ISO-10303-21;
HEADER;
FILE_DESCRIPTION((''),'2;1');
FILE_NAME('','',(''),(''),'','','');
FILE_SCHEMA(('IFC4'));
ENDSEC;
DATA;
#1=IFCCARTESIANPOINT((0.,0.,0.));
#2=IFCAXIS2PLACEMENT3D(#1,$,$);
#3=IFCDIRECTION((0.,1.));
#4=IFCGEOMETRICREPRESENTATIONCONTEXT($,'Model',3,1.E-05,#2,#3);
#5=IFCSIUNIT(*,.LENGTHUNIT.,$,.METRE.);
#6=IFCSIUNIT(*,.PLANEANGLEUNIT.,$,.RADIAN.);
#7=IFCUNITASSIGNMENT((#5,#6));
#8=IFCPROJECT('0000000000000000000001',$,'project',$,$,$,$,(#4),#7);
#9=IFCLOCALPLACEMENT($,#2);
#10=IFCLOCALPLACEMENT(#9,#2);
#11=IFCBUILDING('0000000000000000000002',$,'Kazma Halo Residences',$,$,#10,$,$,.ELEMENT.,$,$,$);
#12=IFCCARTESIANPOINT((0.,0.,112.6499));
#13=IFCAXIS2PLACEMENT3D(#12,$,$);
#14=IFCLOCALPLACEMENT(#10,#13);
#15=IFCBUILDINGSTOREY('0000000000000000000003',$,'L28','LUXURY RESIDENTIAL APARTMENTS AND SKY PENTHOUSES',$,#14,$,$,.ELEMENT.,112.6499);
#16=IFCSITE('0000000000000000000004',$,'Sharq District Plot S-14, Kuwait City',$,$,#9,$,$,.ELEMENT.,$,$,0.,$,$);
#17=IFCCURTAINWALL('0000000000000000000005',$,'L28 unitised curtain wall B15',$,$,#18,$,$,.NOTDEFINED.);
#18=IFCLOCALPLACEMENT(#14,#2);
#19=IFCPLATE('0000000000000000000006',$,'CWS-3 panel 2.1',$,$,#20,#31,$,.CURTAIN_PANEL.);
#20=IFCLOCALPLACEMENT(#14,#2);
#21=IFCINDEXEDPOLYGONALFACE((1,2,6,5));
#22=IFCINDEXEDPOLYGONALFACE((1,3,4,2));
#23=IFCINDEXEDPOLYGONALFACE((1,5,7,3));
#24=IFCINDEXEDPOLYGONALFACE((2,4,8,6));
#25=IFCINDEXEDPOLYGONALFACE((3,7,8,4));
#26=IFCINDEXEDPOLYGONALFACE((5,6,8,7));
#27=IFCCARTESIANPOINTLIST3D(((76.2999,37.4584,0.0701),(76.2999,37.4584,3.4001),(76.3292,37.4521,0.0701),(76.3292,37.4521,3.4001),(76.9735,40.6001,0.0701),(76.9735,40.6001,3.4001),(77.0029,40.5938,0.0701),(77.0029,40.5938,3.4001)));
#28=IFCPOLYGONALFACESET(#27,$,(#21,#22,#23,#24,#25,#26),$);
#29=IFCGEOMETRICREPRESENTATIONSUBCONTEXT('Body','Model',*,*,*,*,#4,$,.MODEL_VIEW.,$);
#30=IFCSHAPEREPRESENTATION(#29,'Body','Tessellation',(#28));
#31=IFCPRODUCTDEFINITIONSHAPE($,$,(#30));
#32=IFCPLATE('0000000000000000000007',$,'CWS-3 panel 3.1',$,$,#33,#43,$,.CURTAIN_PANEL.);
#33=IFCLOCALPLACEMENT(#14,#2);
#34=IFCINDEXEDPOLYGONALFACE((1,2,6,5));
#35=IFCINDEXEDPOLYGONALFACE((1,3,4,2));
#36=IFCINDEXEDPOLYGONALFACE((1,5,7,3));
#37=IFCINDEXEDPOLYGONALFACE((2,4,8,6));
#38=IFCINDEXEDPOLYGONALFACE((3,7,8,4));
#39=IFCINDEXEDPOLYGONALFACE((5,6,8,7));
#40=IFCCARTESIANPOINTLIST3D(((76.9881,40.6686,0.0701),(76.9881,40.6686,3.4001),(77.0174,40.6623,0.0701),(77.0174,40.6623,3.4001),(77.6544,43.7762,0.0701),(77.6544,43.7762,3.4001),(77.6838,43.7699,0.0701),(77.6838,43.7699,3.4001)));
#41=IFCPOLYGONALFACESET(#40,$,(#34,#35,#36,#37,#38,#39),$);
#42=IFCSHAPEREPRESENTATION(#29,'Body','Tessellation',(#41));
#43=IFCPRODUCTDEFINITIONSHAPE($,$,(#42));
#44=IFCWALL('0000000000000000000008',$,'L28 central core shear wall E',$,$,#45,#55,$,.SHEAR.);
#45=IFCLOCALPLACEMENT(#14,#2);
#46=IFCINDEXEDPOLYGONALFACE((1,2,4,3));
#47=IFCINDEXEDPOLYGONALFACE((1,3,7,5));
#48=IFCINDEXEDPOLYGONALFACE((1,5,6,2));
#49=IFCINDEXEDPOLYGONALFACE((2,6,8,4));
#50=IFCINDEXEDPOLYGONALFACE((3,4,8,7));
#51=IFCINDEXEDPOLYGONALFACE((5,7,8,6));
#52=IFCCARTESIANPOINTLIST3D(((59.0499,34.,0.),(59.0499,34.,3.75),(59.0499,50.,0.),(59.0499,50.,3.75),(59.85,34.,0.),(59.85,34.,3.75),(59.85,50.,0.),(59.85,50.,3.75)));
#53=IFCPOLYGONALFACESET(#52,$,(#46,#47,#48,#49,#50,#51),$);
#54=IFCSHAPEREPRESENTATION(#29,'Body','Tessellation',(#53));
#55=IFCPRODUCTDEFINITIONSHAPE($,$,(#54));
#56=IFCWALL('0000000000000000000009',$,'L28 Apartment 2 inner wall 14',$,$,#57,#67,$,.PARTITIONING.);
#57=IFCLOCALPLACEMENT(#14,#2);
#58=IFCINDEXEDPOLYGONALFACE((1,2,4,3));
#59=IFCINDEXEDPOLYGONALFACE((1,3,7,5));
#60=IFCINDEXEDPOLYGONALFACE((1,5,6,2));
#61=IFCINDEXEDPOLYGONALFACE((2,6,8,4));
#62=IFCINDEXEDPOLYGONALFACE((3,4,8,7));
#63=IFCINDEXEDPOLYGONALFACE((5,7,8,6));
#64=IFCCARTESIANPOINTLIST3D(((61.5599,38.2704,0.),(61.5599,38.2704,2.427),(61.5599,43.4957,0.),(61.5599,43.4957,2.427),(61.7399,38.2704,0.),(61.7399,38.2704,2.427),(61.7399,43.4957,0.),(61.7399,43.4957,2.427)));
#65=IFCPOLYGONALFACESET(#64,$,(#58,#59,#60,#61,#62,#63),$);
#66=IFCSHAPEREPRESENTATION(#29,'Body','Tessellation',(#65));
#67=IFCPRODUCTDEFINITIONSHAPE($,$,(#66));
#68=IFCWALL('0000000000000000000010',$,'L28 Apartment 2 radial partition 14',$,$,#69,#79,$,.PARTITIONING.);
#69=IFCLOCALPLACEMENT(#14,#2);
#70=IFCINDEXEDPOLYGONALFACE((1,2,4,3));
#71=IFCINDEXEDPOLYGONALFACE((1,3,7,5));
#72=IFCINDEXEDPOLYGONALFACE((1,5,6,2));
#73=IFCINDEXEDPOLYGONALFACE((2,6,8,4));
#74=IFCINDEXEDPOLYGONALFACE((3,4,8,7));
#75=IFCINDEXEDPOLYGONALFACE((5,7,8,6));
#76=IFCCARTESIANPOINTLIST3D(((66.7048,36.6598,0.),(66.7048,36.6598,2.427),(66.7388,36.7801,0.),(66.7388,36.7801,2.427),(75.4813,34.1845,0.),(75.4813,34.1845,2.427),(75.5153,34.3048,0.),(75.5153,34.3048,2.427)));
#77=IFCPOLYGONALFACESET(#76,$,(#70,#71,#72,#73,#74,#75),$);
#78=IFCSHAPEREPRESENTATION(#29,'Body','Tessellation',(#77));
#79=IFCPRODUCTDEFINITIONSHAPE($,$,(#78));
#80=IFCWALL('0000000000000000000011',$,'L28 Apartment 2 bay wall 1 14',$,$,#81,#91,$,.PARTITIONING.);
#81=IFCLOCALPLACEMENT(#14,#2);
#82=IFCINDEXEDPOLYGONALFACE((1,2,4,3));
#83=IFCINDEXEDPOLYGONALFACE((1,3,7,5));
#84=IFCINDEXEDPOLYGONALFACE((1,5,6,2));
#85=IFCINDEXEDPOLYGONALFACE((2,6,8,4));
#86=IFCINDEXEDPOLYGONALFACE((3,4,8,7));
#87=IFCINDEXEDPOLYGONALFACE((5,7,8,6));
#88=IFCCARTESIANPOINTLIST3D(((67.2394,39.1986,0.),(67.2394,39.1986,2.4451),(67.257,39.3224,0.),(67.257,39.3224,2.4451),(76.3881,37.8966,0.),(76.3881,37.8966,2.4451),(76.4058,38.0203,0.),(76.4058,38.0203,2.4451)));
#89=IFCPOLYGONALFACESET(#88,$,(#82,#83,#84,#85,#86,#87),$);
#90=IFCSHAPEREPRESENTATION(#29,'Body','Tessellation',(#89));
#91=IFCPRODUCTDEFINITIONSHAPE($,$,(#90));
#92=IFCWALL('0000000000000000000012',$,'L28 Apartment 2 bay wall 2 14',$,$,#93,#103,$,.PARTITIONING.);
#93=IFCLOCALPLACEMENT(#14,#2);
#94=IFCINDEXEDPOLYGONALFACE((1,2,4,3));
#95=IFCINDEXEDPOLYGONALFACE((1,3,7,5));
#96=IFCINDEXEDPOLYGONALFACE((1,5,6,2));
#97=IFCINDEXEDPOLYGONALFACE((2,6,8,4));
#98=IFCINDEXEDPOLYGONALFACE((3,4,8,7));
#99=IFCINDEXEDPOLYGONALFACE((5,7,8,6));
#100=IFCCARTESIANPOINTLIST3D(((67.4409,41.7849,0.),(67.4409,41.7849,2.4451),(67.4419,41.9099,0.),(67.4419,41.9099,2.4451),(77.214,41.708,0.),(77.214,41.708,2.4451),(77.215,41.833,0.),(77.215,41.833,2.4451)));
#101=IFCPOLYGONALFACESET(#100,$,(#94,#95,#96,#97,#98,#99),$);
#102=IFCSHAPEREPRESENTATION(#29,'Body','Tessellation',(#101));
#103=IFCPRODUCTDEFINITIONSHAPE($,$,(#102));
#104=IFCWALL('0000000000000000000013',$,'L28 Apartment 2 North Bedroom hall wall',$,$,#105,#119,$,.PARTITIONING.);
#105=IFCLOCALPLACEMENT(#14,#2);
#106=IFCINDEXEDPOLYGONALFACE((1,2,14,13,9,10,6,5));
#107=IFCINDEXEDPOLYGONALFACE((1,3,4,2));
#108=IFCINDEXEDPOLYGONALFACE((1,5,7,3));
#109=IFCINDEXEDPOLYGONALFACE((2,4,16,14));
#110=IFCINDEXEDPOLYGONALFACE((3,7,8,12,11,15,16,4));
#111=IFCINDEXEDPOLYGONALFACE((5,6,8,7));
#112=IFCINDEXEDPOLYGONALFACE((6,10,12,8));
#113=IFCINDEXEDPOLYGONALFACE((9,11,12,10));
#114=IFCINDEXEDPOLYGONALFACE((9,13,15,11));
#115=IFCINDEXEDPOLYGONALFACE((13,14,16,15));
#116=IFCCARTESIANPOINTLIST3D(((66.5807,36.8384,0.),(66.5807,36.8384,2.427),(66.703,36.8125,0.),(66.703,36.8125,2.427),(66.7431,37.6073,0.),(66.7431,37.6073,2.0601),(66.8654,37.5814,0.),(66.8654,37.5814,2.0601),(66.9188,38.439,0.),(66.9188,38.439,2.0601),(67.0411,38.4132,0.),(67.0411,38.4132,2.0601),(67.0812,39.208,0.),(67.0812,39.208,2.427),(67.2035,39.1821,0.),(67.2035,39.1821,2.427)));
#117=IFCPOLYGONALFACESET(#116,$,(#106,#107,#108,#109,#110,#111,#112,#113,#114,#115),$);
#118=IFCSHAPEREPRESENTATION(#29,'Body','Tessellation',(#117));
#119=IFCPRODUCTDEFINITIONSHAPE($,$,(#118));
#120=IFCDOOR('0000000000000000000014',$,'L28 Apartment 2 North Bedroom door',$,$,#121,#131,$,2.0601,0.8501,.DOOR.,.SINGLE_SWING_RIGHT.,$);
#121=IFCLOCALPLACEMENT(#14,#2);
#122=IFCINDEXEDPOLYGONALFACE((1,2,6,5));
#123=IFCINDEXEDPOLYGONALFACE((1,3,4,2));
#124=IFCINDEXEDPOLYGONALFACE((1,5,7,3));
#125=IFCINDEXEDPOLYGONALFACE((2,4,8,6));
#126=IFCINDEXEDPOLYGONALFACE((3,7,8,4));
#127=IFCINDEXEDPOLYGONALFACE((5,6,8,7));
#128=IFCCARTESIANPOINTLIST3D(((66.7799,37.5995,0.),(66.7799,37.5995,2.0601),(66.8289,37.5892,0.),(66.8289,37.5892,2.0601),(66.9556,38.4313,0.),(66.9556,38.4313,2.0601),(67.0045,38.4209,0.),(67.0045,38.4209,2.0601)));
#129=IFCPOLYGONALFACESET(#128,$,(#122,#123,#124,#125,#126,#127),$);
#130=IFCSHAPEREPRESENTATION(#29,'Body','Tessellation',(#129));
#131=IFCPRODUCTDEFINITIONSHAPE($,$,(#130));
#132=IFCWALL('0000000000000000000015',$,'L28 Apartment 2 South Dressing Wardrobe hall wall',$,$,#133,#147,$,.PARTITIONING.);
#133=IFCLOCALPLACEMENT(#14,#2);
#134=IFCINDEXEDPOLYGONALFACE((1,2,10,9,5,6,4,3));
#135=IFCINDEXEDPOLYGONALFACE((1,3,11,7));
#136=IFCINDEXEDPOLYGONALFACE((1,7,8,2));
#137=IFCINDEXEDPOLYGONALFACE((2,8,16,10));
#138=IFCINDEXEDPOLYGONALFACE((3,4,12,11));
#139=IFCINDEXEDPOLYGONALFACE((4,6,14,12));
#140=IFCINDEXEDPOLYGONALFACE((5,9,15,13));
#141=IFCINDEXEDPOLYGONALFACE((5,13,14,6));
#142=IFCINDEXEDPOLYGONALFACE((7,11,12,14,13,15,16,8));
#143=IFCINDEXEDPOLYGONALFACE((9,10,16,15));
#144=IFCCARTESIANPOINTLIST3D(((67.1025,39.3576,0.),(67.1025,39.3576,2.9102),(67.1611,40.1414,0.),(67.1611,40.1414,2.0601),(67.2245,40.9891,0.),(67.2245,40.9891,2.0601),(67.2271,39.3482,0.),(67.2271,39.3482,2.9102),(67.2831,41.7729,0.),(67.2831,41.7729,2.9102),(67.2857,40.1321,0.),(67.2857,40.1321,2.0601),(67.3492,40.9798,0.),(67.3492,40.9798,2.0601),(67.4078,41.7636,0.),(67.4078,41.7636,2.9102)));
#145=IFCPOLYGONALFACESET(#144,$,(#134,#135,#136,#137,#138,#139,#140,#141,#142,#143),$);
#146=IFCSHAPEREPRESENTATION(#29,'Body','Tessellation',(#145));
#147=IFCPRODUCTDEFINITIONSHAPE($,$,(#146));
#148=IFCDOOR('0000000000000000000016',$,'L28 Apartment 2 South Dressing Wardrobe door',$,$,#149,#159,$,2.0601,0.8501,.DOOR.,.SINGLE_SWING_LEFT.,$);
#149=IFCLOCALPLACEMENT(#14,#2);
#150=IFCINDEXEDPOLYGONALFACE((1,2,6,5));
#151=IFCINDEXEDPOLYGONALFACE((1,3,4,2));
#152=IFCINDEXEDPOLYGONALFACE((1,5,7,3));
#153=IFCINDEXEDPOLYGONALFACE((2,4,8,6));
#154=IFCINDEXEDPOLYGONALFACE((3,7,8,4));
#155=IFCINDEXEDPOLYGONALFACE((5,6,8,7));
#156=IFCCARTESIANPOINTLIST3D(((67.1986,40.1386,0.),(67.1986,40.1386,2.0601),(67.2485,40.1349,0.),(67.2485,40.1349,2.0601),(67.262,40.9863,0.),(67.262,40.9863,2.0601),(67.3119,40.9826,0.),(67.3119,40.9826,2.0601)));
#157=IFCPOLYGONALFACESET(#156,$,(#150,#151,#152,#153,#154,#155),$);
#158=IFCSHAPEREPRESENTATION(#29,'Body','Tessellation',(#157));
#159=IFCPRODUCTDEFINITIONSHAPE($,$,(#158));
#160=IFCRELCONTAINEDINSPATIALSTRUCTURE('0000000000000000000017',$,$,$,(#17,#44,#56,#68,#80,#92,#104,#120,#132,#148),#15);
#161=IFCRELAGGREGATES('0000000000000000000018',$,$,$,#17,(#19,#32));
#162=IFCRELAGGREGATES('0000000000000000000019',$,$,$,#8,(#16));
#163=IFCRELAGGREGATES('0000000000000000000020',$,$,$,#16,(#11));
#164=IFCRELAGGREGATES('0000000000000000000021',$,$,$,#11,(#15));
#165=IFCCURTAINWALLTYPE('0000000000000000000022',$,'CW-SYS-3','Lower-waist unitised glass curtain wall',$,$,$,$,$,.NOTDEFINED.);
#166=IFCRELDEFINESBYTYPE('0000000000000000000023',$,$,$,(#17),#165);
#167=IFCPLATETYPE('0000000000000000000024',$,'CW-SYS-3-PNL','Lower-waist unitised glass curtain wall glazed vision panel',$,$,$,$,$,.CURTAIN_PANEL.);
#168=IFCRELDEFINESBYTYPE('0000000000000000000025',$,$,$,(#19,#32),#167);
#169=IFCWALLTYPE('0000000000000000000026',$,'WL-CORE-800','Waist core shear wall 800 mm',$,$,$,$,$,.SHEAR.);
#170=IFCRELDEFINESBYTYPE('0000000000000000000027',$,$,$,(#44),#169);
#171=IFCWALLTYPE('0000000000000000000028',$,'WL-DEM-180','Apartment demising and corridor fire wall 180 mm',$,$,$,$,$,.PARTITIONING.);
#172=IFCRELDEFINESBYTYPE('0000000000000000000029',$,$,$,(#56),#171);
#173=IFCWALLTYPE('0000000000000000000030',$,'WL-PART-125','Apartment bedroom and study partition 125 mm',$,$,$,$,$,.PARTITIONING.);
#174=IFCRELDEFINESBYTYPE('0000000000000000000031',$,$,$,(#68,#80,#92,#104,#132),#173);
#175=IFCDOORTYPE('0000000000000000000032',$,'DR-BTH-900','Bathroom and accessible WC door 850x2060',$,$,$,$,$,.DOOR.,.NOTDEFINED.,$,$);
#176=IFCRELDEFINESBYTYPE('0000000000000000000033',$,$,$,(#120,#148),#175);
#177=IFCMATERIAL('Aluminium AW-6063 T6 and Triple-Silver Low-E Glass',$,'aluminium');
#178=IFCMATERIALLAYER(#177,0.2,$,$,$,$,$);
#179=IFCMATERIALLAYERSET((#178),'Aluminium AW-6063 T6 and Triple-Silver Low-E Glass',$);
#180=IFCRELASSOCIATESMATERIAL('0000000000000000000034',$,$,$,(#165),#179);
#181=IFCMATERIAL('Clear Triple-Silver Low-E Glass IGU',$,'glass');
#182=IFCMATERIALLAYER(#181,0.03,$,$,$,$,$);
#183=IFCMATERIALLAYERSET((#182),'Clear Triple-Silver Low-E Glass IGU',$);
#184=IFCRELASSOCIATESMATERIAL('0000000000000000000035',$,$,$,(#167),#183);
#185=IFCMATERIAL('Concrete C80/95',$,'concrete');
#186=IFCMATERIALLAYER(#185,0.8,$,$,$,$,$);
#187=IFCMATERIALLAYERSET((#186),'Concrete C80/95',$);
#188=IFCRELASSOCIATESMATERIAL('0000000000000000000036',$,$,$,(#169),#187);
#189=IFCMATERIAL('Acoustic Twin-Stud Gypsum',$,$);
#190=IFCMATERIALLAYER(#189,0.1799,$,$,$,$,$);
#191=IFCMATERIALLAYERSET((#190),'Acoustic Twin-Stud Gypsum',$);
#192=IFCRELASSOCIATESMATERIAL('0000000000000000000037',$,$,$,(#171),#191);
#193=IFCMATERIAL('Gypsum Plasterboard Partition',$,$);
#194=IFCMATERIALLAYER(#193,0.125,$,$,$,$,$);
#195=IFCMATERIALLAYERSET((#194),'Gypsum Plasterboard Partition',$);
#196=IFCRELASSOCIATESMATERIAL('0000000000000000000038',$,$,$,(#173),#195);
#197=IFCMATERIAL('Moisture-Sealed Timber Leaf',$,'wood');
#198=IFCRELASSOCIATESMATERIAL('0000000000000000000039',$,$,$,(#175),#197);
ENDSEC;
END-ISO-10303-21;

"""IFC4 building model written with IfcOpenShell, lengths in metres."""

from ifc_helpers import new_model, si_unit, direction, frame, frame_2d, origin, origin_2d, place, context, subcontext, project, spatial, rectangle, extrude, material, layer, layer_set, type_object, element, fill, aggregate, save


model = new_model("IFC4")

# Units and contexts
model_context = context("Model", 3, precision=1e-05, world=origin(), true_north=direction((0.0, 1.0)))
body_context = subcontext(model_context, "Body", "Model", "MODEL_VIEW")
ifc_project = project(units=[si_unit("LENGTHUNIT", "METRE"), si_unit("PLANEANGLEUNIT", "RADIAN")], contexts=[model_context])

# Site, building, storey
site_placement = place(None, origin())
site = spatial("IfcSite", under=ifc_project, at=site_placement, Name="Sharq District Plot S-14, Kuwait City", CompositionType="ELEMENT", RefElevation=0.0)
building_placement = place(site_placement, origin())
building = spatial("IfcBuilding", under=site, at=building_placement, Name="Kazma Halo Residences", CompositionType="ELEMENT")
storey_placement = place(building_placement, frame((0.0, 0.0, 112.6499)))
storey = spatial("IfcBuildingStorey", under=building, at=storey_placement, Name="L28", Description="LUXURY RESIDENTIAL APARTMENTS AND SKY PENTHOUSES", CompositionType="ELEMENT", Elevation=112.6499)

# Shared definitions
ifc_material_1 = material(Name="Concrete C80/95", Category="concrete")

# Curtain wall, plates
ifc_material_2 = material(Name="Aluminium AW-6063 T6 and Triple-Silver Low-E Glass", Category="aluminium")
ifc_layer_1 = layer(ifc_material_2, 0.2)
ifc_layer_set_1 = layer_set([ifc_layer_1], Name="Aluminium AW-6063 T6 and Triple-Silver Low-E Glass")
curtain_wall_type = type_object("IfcCurtainWallType", Name="CW-SYS-3", Description="Lower-waist unitised glass curtain wall", PredefinedType="NOTDEFINED", material=ifc_layer_set_1)
curtain_wall_placement = place(storey_placement, origin())
curtain_wall = element("IfcCurtainWall", 1, at=curtain_wall_placement, inside=storey, type_object=curtain_wall_type, Name="L28 unitised curtain wall B15", PredefinedType="NOTDEFINED")
ifc_material_3 = material(Name="Clear Triple-Silver Low-E Glass IGU", Category="glass")
ifc_layer_2 = layer(ifc_material_3, 0.03)
ifc_layer_set_2 = layer_set([ifc_layer_2], Name="Clear Triple-Silver Low-E Glass IGU")
plate_type = type_object("IfcPlateType", Name="CW-SYS-3-PNL", Description="Lower-waist unitised glass curtain wall glazed vision panel", PredefinedType="CURTAIN_PANEL", material=ifc_layer_set_2)
plate_1_placement = place(storey_placement, frame((76.6514, 39.0261, 0.0701), z_axis=(0.0, 0.0, 1.0), x_axis=(0.209661, 0.977774, 0.0)))
plate_1 = element("IfcPlate", 2, at=plate_1_placement, type_object=plate_type, Name="CWS-3 panel 2.1", PredefinedType="CURTAIN_PANEL", context=body_context, shape_type="SweptSolid", body=[
    extrude(rectangle(XDim=3.2131, YDim=0.03, at=origin_2d()), origin(), (0.0, 0.0, 1.0), 3.3301),
])
plate_2_placement = place(storey_placement, frame((77.3359, 42.2192, 0.0701), z_axis=(0.0, 0.0, 1.0), x_axis=(0.209661, 0.977774, 0.0)))
plate_2 = element("IfcPlate", 3, at=plate_2_placement, type_object=plate_type, Name="CWS-3 panel 3.1", PredefinedType="CURTAIN_PANEL", context=body_context, shape_type="SweptSolid", body=[
    extrude(rectangle(XDim=3.1782, YDim=0.03, at=origin_2d()), origin(), (0.0, 0.0, 1.0), 3.3301),
])
aggregate(curtain_wall, [plate_1, plate_2])

# Walls
ifc_layer_3 = layer(ifc_material_1, 0.8)
ifc_layer_set_3 = layer_set([ifc_layer_3], Name="Concrete C80/95")
wall_type_1 = type_object("IfcWallType", Name="WL-CORE-800", Description="Waist core shear wall 800 mm", PredefinedType="SHEAR", material=ifc_layer_set_3)
wall_1_placement = place(storey_placement, frame((59.45, 34.0, 0.0), z_axis=(0.0, 0.0, 1.0), x_axis=(0.0, 1.0, 0.0)))
element("IfcWall", 4, at=wall_1_placement, inside=storey, type_object=wall_type_1, Name="L28 central core shear wall E", PredefinedType="SHEAR", context=body_context, shape_type="SweptSolid", body=[
    extrude(rectangle(XDim=16.0, YDim=0.8, at=frame_2d((8.0, 0.0))), origin(), (0.0, 0.0, 1.0), 3.75),
])
ifc_material_4 = material(Name="Acoustic Twin-Stud Gypsum")
ifc_layer_4 = layer(ifc_material_4, 0.1799)
ifc_layer_set_4 = layer_set([ifc_layer_4], Name="Acoustic Twin-Stud Gypsum")
wall_type_2 = type_object("IfcWallType", Name="WL-DEM-180", Description="Apartment demising and corridor fire wall 180 mm", PredefinedType="PARTITIONING", material=ifc_layer_set_4)
wall_2_placement = place(storey_placement, frame((61.6499, 38.2703, 0.0), z_axis=(0.0, 0.0, 1.0), x_axis=(0.0, 1.0, 0.0)))
element("IfcWall", 5, at=wall_2_placement, inside=storey, type_object=wall_type_2, Name="L28 Apartment 2 inner wall 14", PredefinedType="PARTITIONING", context=body_context, shape_type="SweptSolid", body=[
    extrude(rectangle(XDim=5.2253, YDim=0.1799, at=frame_2d((2.6128, 0.0))), origin(), (0.0, 0.0, 1.0), 2.427),
])
ifc_material_5 = material(Name="Gypsum Plasterboard Partition")
ifc_layer_5 = layer(ifc_material_5, 0.125)
ifc_layer_set_5 = layer_set([ifc_layer_5], Name="Gypsum Plasterboard Partition")
wall_type_3 = type_object("IfcWallType", Name="WL-PART-125", Description="Apartment bedroom and study partition 125 mm", PredefinedType="PARTITIONING", material=ifc_layer_set_5)
wall_3_placement = place(storey_placement, frame((66.7217, 36.72, 0.0), z_axis=(0.0, 0.0, 1.0), x_axis=(0.962453, -0.271449, 0.0)))
element("IfcWall", 6, at=wall_3_placement, inside=storey, type_object=wall_type_3, Name="L28 Apartment 2 radial partition 14", PredefinedType="PARTITIONING", context=body_context, shape_type="SweptSolid", body=[
    extrude(rectangle(XDim=9.1189, YDim=0.125, at=frame_2d((4.5596, 0.0))), origin(), (0.0, 0.0, 1.0), 2.427),
])
wall_4_placement = place(storey_placement, frame((67.248, 39.2605, 0.0), z_axis=(0.0, 0.0, 1.0), x_axis=(0.990024, -0.140896, 0.0)))
element("IfcWall", 7, at=wall_4_placement, inside=storey, type_object=wall_type_3, Name="L28 Apartment 2 bay wall 1 14", PredefinedType="PARTITIONING", context=body_context, shape_type="SweptSolid", body=[
    extrude(rectangle(XDim=9.241, YDim=0.125, at=frame_2d((4.6206, 0.0))), origin(), (0.0, 0.0, 1.0), 2.4451),
])
wall_5_placement = place(storey_placement, frame((67.4414, 41.8474, 0.0), z_axis=(0.0, 0.0, 1.0), x_axis=(0.999969, -0.007869, 0.0)))
element("IfcWall", 8, at=wall_5_placement, inside=storey, type_object=wall_type_3, Name="L28 Apartment 2 bay wall 2 14", PredefinedType="PARTITIONING", context=body_context, shape_type="SweptSolid", body=[
    extrude(rectangle(XDim=9.7734, YDim=0.125, at=frame_2d((4.8867, 0.0))), origin(), (0.0, 0.0, 1.0), 2.4451),
])

# Walls, openings, doors
wall_6_placement = place(storey_placement, frame((66.6418, 36.8254, 0.0), z_axis=(0.0, 0.0, 1.0), x_axis=(0.206651, 0.978415, 0.0)))
wall_6 = element("IfcWall", 9, at=wall_6_placement, inside=storey, type_object=wall_type_3, Name="L28 Apartment 2 North Bedroom hall wall", PredefinedType="PARTITIONING", context=body_context, shape_type="SweptSolid", body=[
    extrude(rectangle(XDim=2.4219, YDim=0.125, at=frame_2d((1.2109, 0.0))), origin(), (0.0, 0.0, 1.0), 2.427),
])
opening_1_placement = place(wall_6_placement, frame((0.7859, 0.0, 0.0)))
opening_1 = element("IfcOpeningElement", 10, at=opening_1_placement, cuts=wall_6, PredefinedType="OPENING", context=body_context, shape_type="SweptSolid", body=[
    extrude(rectangle(XDim=0.8501, YDim=2.0601, at=frame_2d((0.425, 1.03))), frame((0.0, 0.0725, 0.0), z_axis=(0.0, -1.0, 0.0), x_axis=(1.0, 0.0, 0.0)), (0.0, 0.0, 1.0), 0.145),
])
ifc_material_6 = material(Name="Moisture-Sealed Timber Leaf", Category="wood")
door_type = type_object("IfcDoorType", Name="DR-BTH-900", Description="Bathroom and accessible WC door 850x2060", OperationType="NOTDEFINED", PredefinedType="DOOR", material=ifc_material_6)
door_1_placement = place(opening_1_placement, origin())
door_1 = element("IfcDoor", 11, at=door_1_placement, inside=storey, type_object=door_type, Name="L28 Apartment 2 North Bedroom door", OperationType="SINGLE_SWING_RIGHT", OverallHeight=2.0601, OverallWidth=0.8501, PredefinedType="DOOR", context=body_context, shape_type="SweptSolid", body=[
    extrude(rectangle(XDim=0.8501, YDim=2.0601, at=frame_2d((0.425, 1.03))), frame((0.0, 0.0249, 0.0), z_axis=(0.0, -1.0, 0.0), x_axis=(1.0, 0.0, 0.0)), (0.0, 0.0, 1.0), 0.05),
])
fill(opening_1, door_1)
wall_7_placement = place(storey_placement, frame((67.1648, 39.353, 0.0), z_axis=(0.0, 0.0, 1.0), x_axis=(0.074592, 0.997214, 0.0)))
wall_7 = element("IfcWall", 12, at=wall_7_placement, inside=storey, type_object=wall_type_3, Name="L28 Apartment 2 South Dressing Wardrobe hall wall", PredefinedType="PARTITIONING", context=body_context, shape_type="SweptSolid", body=[
    extrude(rectangle(XDim=2.4221, YDim=0.125, at=frame_2d((1.2109, 0.0))), origin(), (0.0, 0.0, 1.0), 2.9102),
])
opening_2_placement = place(wall_7_placement, frame((0.7859, 0.0, 0.0)))
opening_2 = element("IfcOpeningElement", 13, at=opening_2_placement, cuts=wall_7, PredefinedType="OPENING", context=body_context, shape_type="SweptSolid", body=[
    extrude(rectangle(XDim=0.8501, YDim=2.0601, at=frame_2d((0.425, 1.03))), frame((0.0, 0.0725, 0.0), z_axis=(0.0, -1.0, 0.0), x_axis=(1.0, 0.0, 0.0)), (0.0, 0.0, 1.0), 0.145),
])
door_2_placement = place(opening_2_placement, origin())
door_2 = element("IfcDoor", 14, at=door_2_placement, inside=storey, type_object=door_type, Name="L28 Apartment 2 South Dressing Wardrobe door", OperationType="SINGLE_SWING_LEFT", OverallHeight=2.0601, OverallWidth=0.8501, PredefinedType="DOOR", context=body_context, shape_type="SweptSolid", body=[
    extrude(rectangle(XDim=0.8501, YDim=2.0601, at=frame_2d((0.425, 1.03))), frame((0.0, 0.0249, 0.0), z_axis=(0.0, -1.0, 0.0), x_axis=(1.0, 0.0, 0.0)), (0.0, 0.0, 1.0), 0.05),
])
fill(opening_2, door_2)

save(model, "model.ifc")
